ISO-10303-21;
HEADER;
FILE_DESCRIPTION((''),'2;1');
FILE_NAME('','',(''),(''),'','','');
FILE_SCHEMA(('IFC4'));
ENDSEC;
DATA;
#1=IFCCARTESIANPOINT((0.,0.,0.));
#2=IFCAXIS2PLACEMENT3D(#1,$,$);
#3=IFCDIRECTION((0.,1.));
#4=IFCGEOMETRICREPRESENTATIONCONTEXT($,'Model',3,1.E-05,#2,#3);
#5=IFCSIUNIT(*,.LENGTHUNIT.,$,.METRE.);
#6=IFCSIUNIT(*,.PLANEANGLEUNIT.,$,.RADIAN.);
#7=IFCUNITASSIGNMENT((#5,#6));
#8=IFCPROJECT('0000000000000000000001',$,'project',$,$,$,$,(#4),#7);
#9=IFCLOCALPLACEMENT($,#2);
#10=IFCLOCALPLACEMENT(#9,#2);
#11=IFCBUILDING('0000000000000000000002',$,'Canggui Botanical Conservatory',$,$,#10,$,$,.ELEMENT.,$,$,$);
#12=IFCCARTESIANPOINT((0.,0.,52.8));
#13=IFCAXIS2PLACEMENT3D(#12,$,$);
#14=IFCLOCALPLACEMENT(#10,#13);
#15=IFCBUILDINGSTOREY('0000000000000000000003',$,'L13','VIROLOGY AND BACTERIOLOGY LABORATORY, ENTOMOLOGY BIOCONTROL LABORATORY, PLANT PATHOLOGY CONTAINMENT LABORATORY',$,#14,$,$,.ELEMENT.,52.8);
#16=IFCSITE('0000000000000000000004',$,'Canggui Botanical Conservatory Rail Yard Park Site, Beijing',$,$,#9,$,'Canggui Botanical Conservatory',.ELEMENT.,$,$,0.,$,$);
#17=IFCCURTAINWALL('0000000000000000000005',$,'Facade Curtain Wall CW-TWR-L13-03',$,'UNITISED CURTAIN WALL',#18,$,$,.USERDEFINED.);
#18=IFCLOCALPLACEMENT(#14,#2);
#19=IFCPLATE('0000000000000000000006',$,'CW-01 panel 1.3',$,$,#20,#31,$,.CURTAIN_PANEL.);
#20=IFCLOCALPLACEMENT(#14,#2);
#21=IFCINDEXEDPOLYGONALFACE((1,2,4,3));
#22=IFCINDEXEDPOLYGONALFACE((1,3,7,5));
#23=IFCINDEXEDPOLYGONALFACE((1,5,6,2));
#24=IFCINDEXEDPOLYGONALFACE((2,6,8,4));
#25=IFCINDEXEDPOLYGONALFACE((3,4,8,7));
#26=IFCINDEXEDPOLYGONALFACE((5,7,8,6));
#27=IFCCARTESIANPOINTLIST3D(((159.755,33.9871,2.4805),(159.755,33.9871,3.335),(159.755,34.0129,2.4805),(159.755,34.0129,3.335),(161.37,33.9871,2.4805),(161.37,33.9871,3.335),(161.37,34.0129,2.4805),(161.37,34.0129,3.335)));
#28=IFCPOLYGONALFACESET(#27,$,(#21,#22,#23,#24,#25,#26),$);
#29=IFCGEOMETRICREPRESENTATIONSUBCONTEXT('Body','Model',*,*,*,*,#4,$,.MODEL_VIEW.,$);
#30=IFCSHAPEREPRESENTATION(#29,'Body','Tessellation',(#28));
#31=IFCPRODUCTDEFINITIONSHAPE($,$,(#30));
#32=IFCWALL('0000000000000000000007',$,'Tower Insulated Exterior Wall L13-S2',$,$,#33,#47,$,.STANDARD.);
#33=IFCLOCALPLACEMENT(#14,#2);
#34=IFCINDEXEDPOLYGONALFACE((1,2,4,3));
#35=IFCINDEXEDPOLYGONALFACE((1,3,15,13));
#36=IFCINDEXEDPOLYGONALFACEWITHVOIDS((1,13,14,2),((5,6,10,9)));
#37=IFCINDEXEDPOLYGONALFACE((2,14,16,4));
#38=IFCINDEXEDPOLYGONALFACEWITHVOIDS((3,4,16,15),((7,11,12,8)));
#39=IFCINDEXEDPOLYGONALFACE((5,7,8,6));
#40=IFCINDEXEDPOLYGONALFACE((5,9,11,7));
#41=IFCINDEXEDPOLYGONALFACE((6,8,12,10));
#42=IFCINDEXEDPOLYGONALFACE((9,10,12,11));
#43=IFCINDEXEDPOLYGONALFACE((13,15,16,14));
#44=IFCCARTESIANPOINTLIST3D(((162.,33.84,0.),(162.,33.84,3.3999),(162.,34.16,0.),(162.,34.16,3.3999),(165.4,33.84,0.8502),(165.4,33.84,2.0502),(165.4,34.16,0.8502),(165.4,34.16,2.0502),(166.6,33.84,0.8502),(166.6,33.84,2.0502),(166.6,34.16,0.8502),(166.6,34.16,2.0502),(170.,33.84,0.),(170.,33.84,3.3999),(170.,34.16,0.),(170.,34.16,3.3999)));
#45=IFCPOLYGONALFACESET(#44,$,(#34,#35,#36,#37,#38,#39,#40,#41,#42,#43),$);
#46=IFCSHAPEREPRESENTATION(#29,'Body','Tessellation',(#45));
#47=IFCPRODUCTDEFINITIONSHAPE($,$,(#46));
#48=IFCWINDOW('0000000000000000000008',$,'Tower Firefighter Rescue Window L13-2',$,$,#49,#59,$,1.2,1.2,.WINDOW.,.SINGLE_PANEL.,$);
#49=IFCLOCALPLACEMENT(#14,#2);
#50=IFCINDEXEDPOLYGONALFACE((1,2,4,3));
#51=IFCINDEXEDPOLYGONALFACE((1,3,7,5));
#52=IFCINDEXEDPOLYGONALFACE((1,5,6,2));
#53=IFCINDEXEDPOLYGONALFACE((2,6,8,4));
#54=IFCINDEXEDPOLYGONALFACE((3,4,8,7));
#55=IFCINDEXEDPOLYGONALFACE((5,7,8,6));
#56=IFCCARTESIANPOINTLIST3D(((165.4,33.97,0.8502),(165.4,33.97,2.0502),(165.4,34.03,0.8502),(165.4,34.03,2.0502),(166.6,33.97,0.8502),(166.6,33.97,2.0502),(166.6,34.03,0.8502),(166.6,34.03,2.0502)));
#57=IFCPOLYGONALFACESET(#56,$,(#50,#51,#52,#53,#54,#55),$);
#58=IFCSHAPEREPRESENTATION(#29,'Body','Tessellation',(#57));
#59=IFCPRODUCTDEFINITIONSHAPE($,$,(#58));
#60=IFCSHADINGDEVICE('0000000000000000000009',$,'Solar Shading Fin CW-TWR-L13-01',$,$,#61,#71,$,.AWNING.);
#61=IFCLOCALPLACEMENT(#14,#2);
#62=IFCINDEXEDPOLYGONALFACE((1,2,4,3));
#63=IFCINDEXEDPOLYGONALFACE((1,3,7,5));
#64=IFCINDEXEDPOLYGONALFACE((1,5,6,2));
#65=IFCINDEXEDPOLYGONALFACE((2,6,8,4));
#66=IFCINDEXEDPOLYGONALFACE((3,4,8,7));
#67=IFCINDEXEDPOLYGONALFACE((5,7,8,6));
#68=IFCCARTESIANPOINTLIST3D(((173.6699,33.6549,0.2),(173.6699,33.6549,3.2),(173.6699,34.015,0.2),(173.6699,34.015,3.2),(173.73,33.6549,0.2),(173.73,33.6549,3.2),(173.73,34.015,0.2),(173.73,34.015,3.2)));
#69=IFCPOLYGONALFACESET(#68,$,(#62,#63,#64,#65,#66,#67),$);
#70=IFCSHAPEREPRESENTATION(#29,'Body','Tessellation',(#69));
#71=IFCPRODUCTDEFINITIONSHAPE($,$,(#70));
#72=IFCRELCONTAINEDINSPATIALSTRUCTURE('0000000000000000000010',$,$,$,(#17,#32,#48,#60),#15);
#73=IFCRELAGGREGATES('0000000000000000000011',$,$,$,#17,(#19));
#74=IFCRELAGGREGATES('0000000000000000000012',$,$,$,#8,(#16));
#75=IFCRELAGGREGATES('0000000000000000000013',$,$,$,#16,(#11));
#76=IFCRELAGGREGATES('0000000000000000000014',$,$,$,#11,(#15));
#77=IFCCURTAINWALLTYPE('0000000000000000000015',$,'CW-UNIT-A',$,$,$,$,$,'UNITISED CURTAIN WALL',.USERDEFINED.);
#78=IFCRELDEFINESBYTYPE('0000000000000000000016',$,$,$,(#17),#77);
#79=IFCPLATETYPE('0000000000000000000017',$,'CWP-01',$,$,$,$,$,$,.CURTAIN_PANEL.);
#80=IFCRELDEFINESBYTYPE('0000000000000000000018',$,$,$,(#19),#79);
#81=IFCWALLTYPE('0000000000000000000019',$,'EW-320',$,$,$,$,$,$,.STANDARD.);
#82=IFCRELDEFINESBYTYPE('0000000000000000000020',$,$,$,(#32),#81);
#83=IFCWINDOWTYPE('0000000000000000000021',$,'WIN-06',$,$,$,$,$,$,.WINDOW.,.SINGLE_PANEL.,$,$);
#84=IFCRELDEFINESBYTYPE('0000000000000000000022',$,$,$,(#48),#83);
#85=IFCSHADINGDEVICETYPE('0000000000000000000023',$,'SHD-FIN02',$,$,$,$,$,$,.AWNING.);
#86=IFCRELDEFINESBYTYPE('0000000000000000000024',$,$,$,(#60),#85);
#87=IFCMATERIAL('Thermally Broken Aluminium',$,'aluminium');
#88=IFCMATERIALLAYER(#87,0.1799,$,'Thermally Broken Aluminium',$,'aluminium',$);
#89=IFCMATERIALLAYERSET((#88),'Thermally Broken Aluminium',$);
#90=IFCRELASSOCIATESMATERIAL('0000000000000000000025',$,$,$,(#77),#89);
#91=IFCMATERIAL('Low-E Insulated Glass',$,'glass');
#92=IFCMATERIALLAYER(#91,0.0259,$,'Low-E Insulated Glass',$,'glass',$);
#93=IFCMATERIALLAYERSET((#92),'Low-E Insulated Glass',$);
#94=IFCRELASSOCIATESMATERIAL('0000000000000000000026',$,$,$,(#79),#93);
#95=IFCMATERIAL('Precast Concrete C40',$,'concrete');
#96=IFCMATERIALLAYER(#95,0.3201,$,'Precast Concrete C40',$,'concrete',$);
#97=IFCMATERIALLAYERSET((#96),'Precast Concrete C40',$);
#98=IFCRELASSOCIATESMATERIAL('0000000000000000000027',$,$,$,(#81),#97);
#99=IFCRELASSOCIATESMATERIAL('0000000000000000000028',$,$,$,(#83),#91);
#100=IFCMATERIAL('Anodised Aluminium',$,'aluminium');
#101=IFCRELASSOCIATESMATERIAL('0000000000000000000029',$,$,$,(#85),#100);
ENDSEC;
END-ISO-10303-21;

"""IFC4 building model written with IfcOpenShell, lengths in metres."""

from ifc_helpers import new_model, si_unit, direction, frame, frame_2d, origin, origin_2d, place, context, subcontext, project, spatial, rectangle, extrude, material, layer, layer_set, type_object, element, fill, aggregate, save


model = new_model("IFC4")

# Units and contexts
model_context = context("Model", 3, precision=1e-05, world=origin(), true_north=direction((0.0, 1.0)))
body_context = subcontext(model_context, "Body", "Model", "MODEL_VIEW")
ifc_project = project(units=[si_unit("LENGTHUNIT", "METRE"), si_unit("PLANEANGLEUNIT", "RADIAN")], contexts=[model_context])

# Site, building, storey
site_placement = place(None, origin())
site = spatial("IfcSite", under=ifc_project, at=site_placement, Name="Canggui Botanical Conservatory Rail Yard Park Site, Beijing", LongName="Canggui Botanical Conservatory", CompositionType="ELEMENT", RefElevation=0.0)
building_placement = place(site_placement, origin())
building = spatial("IfcBuilding", under=site, at=building_placement, Name="Canggui Botanical Conservatory", CompositionType="ELEMENT")
storey_placement = place(building_placement, frame((0.0, 0.0, 52.8)))
storey = spatial("IfcBuildingStorey", under=building, at=storey_placement, Name="L13", Description="VIROLOGY AND BACTERIOLOGY LABORATORY, ENTOMOLOGY BIOCONTROL LABORATORY, PLANT PATHOLOGY CONTAINMENT LABORATORY", CompositionType="ELEMENT", Elevation=52.8)

# Curtain wall
ifc_material_1 = material(Name="Thermally Broken Aluminium", Category="aluminium")
ifc_layer_1 = layer(ifc_material_1, 0.1799, Name="Thermally Broken Aluminium", Category="aluminium")
ifc_layer_set_1 = layer_set([ifc_layer_1], Name="Thermally Broken Aluminium")
curtain_wall_type = type_object("IfcCurtainWallType", Name="CW-UNIT-A", ElementType="UNITISED CURTAIN WALL", PredefinedType="USERDEFINED", material=ifc_layer_set_1)
curtain_wall_1_placement = place(storey_placement, origin())
curtain_wall_1 = element("IfcCurtainWall", 1, at=curtain_wall_1_placement, inside=storey, type_object=curtain_wall_type, Name="Facade Curtain Wall CW-TWR-L13-03", ObjectType="UNITISED CURTAIN WALL", PredefinedType="USERDEFINED")

# Plate
ifc_material_2 = material(Name="Low-E Insulated Glass", Category="glass")
ifc_layer_2 = layer(ifc_material_2, 0.0259, Name="Low-E Insulated Glass", Category="glass")
ifc_layer_set_2 = layer_set([ifc_layer_2], Name="Low-E Insulated Glass")
plate_type = type_object("IfcPlateType", Name="CWP-01", PredefinedType="CURTAIN_PANEL", material=ifc_layer_set_2)
plate_1_placement = place(storey_placement, frame((160.5625, 34.0, 2.4805), z_axis=(0.0, 0.0, 1.0), x_axis=(-1.0, 0.0, 0.0)))
plate_1 = element("IfcPlate", 2, at=plate_1_placement, type_object=plate_type, Name="CW-01 panel 1.3", PredefinedType="CURTAIN_PANEL", context=body_context, shape_type="SweptSolid", body=[
    extrude(rectangle(XDim=1.615, YDim=0.0259, at=origin_2d()), origin(), (0.0, 0.0, 1.0), 0.8545),
])
aggregate(curtain_wall_1, [plate_1])

# Wall, opening, window
ifc_material_3 = material(Name="Precast Concrete C40", Category="concrete")
ifc_layer_3 = layer(ifc_material_3, 0.3201, Name="Precast Concrete C40", Category="concrete")
ifc_layer_set_3 = layer_set([ifc_layer_3], Name="Precast Concrete C40")
wall_type = type_object("IfcWallType", Name="EW-320", PredefinedType="STANDARD", material=ifc_layer_set_3)
wall_placement = place(storey_placement, frame((170.0, 34.0, 0.0), z_axis=(0.0, 0.0, 1.0), x_axis=(-1.0, 0.0, 0.0)))
wall = element("IfcWall", 3, at=wall_placement, inside=storey, type_object=wall_type, Name="Tower Insulated Exterior Wall L13-S2", PredefinedType="STANDARD", context=body_context, shape_type="SweptSolid", body=[
    extrude(rectangle(XDim=8.0, YDim=0.3201, at=frame_2d((4.0, 0.0))), origin(), (0.0, 0.0, 1.0), 3.3999),
])
opening_placement = place(wall_placement, frame((3.3999, 0.0, 0.8501)))
opening = element("IfcOpeningElement", 4, at=opening_placement, cuts=wall, PredefinedType="OPENING", context=body_context, shape_type="SweptSolid", body=[
    extrude(rectangle(XDim=1.2, YDim=1.2, at=frame_2d((0.6001, 0.6001))), frame((0.0, 0.1699, 0.0), z_axis=(0.0, -1.0, 0.0), x_axis=(1.0, 0.0, 0.0)), (0.0, 0.0, 1.0), 0.3401),
])
window_type = type_object("IfcWindowType", Name="WIN-06", PartitioningType="SINGLE_PANEL", PredefinedType="WINDOW", material=ifc_material_2)
window_placement = place(opening_placement, origin())
window = element("IfcWindow", 5, at=window_placement, inside=storey, type_object=window_type, Name="Tower Firefighter Rescue Window L13-2", OverallHeight=1.2, OverallWidth=1.2, PartitioningType="SINGLE_PANEL", PredefinedType="WINDOW", context=body_context, shape_type="SweptSolid", body=[
    extrude(rectangle(XDim=1.2, YDim=1.2, at=frame_2d((0.6001, 0.6001))), frame((0.0, 0.03, 0.0), z_axis=(0.0, -1.0, 0.0), x_axis=(1.0, 0.0, 0.0)), (0.0, 0.0, 1.0), 0.0601),
])
fill(opening, window)

# Shading device
ifc_material_4 = material(Name="Anodised Aluminium", Category="aluminium")
shading_device_type = type_object("IfcShadingDeviceType", Name="SHD-FIN02", PredefinedType="AWNING", material=ifc_material_4)
shading_device_placement = place(storey_placement, frame((173.7, 33.835, 0.2), z_axis=(0.0, 0.0, 1.0), x_axis=(-1.0, 0.0, 0.0)))
element("IfcShadingDevice", 6, at=shading_device_placement, inside=storey, type_object=shading_device_type, Name="Solar Shading Fin CW-TWR-L13-01", PredefinedType="AWNING", context=body_context, shape_type="SweptSolid", body=[
    extrude(rectangle(XDim=0.0601, YDim=0.3601, at=origin_2d()), origin(), (0.0, 0.0, 1.0), 3.0),
])

save(model, "model.ifc")
